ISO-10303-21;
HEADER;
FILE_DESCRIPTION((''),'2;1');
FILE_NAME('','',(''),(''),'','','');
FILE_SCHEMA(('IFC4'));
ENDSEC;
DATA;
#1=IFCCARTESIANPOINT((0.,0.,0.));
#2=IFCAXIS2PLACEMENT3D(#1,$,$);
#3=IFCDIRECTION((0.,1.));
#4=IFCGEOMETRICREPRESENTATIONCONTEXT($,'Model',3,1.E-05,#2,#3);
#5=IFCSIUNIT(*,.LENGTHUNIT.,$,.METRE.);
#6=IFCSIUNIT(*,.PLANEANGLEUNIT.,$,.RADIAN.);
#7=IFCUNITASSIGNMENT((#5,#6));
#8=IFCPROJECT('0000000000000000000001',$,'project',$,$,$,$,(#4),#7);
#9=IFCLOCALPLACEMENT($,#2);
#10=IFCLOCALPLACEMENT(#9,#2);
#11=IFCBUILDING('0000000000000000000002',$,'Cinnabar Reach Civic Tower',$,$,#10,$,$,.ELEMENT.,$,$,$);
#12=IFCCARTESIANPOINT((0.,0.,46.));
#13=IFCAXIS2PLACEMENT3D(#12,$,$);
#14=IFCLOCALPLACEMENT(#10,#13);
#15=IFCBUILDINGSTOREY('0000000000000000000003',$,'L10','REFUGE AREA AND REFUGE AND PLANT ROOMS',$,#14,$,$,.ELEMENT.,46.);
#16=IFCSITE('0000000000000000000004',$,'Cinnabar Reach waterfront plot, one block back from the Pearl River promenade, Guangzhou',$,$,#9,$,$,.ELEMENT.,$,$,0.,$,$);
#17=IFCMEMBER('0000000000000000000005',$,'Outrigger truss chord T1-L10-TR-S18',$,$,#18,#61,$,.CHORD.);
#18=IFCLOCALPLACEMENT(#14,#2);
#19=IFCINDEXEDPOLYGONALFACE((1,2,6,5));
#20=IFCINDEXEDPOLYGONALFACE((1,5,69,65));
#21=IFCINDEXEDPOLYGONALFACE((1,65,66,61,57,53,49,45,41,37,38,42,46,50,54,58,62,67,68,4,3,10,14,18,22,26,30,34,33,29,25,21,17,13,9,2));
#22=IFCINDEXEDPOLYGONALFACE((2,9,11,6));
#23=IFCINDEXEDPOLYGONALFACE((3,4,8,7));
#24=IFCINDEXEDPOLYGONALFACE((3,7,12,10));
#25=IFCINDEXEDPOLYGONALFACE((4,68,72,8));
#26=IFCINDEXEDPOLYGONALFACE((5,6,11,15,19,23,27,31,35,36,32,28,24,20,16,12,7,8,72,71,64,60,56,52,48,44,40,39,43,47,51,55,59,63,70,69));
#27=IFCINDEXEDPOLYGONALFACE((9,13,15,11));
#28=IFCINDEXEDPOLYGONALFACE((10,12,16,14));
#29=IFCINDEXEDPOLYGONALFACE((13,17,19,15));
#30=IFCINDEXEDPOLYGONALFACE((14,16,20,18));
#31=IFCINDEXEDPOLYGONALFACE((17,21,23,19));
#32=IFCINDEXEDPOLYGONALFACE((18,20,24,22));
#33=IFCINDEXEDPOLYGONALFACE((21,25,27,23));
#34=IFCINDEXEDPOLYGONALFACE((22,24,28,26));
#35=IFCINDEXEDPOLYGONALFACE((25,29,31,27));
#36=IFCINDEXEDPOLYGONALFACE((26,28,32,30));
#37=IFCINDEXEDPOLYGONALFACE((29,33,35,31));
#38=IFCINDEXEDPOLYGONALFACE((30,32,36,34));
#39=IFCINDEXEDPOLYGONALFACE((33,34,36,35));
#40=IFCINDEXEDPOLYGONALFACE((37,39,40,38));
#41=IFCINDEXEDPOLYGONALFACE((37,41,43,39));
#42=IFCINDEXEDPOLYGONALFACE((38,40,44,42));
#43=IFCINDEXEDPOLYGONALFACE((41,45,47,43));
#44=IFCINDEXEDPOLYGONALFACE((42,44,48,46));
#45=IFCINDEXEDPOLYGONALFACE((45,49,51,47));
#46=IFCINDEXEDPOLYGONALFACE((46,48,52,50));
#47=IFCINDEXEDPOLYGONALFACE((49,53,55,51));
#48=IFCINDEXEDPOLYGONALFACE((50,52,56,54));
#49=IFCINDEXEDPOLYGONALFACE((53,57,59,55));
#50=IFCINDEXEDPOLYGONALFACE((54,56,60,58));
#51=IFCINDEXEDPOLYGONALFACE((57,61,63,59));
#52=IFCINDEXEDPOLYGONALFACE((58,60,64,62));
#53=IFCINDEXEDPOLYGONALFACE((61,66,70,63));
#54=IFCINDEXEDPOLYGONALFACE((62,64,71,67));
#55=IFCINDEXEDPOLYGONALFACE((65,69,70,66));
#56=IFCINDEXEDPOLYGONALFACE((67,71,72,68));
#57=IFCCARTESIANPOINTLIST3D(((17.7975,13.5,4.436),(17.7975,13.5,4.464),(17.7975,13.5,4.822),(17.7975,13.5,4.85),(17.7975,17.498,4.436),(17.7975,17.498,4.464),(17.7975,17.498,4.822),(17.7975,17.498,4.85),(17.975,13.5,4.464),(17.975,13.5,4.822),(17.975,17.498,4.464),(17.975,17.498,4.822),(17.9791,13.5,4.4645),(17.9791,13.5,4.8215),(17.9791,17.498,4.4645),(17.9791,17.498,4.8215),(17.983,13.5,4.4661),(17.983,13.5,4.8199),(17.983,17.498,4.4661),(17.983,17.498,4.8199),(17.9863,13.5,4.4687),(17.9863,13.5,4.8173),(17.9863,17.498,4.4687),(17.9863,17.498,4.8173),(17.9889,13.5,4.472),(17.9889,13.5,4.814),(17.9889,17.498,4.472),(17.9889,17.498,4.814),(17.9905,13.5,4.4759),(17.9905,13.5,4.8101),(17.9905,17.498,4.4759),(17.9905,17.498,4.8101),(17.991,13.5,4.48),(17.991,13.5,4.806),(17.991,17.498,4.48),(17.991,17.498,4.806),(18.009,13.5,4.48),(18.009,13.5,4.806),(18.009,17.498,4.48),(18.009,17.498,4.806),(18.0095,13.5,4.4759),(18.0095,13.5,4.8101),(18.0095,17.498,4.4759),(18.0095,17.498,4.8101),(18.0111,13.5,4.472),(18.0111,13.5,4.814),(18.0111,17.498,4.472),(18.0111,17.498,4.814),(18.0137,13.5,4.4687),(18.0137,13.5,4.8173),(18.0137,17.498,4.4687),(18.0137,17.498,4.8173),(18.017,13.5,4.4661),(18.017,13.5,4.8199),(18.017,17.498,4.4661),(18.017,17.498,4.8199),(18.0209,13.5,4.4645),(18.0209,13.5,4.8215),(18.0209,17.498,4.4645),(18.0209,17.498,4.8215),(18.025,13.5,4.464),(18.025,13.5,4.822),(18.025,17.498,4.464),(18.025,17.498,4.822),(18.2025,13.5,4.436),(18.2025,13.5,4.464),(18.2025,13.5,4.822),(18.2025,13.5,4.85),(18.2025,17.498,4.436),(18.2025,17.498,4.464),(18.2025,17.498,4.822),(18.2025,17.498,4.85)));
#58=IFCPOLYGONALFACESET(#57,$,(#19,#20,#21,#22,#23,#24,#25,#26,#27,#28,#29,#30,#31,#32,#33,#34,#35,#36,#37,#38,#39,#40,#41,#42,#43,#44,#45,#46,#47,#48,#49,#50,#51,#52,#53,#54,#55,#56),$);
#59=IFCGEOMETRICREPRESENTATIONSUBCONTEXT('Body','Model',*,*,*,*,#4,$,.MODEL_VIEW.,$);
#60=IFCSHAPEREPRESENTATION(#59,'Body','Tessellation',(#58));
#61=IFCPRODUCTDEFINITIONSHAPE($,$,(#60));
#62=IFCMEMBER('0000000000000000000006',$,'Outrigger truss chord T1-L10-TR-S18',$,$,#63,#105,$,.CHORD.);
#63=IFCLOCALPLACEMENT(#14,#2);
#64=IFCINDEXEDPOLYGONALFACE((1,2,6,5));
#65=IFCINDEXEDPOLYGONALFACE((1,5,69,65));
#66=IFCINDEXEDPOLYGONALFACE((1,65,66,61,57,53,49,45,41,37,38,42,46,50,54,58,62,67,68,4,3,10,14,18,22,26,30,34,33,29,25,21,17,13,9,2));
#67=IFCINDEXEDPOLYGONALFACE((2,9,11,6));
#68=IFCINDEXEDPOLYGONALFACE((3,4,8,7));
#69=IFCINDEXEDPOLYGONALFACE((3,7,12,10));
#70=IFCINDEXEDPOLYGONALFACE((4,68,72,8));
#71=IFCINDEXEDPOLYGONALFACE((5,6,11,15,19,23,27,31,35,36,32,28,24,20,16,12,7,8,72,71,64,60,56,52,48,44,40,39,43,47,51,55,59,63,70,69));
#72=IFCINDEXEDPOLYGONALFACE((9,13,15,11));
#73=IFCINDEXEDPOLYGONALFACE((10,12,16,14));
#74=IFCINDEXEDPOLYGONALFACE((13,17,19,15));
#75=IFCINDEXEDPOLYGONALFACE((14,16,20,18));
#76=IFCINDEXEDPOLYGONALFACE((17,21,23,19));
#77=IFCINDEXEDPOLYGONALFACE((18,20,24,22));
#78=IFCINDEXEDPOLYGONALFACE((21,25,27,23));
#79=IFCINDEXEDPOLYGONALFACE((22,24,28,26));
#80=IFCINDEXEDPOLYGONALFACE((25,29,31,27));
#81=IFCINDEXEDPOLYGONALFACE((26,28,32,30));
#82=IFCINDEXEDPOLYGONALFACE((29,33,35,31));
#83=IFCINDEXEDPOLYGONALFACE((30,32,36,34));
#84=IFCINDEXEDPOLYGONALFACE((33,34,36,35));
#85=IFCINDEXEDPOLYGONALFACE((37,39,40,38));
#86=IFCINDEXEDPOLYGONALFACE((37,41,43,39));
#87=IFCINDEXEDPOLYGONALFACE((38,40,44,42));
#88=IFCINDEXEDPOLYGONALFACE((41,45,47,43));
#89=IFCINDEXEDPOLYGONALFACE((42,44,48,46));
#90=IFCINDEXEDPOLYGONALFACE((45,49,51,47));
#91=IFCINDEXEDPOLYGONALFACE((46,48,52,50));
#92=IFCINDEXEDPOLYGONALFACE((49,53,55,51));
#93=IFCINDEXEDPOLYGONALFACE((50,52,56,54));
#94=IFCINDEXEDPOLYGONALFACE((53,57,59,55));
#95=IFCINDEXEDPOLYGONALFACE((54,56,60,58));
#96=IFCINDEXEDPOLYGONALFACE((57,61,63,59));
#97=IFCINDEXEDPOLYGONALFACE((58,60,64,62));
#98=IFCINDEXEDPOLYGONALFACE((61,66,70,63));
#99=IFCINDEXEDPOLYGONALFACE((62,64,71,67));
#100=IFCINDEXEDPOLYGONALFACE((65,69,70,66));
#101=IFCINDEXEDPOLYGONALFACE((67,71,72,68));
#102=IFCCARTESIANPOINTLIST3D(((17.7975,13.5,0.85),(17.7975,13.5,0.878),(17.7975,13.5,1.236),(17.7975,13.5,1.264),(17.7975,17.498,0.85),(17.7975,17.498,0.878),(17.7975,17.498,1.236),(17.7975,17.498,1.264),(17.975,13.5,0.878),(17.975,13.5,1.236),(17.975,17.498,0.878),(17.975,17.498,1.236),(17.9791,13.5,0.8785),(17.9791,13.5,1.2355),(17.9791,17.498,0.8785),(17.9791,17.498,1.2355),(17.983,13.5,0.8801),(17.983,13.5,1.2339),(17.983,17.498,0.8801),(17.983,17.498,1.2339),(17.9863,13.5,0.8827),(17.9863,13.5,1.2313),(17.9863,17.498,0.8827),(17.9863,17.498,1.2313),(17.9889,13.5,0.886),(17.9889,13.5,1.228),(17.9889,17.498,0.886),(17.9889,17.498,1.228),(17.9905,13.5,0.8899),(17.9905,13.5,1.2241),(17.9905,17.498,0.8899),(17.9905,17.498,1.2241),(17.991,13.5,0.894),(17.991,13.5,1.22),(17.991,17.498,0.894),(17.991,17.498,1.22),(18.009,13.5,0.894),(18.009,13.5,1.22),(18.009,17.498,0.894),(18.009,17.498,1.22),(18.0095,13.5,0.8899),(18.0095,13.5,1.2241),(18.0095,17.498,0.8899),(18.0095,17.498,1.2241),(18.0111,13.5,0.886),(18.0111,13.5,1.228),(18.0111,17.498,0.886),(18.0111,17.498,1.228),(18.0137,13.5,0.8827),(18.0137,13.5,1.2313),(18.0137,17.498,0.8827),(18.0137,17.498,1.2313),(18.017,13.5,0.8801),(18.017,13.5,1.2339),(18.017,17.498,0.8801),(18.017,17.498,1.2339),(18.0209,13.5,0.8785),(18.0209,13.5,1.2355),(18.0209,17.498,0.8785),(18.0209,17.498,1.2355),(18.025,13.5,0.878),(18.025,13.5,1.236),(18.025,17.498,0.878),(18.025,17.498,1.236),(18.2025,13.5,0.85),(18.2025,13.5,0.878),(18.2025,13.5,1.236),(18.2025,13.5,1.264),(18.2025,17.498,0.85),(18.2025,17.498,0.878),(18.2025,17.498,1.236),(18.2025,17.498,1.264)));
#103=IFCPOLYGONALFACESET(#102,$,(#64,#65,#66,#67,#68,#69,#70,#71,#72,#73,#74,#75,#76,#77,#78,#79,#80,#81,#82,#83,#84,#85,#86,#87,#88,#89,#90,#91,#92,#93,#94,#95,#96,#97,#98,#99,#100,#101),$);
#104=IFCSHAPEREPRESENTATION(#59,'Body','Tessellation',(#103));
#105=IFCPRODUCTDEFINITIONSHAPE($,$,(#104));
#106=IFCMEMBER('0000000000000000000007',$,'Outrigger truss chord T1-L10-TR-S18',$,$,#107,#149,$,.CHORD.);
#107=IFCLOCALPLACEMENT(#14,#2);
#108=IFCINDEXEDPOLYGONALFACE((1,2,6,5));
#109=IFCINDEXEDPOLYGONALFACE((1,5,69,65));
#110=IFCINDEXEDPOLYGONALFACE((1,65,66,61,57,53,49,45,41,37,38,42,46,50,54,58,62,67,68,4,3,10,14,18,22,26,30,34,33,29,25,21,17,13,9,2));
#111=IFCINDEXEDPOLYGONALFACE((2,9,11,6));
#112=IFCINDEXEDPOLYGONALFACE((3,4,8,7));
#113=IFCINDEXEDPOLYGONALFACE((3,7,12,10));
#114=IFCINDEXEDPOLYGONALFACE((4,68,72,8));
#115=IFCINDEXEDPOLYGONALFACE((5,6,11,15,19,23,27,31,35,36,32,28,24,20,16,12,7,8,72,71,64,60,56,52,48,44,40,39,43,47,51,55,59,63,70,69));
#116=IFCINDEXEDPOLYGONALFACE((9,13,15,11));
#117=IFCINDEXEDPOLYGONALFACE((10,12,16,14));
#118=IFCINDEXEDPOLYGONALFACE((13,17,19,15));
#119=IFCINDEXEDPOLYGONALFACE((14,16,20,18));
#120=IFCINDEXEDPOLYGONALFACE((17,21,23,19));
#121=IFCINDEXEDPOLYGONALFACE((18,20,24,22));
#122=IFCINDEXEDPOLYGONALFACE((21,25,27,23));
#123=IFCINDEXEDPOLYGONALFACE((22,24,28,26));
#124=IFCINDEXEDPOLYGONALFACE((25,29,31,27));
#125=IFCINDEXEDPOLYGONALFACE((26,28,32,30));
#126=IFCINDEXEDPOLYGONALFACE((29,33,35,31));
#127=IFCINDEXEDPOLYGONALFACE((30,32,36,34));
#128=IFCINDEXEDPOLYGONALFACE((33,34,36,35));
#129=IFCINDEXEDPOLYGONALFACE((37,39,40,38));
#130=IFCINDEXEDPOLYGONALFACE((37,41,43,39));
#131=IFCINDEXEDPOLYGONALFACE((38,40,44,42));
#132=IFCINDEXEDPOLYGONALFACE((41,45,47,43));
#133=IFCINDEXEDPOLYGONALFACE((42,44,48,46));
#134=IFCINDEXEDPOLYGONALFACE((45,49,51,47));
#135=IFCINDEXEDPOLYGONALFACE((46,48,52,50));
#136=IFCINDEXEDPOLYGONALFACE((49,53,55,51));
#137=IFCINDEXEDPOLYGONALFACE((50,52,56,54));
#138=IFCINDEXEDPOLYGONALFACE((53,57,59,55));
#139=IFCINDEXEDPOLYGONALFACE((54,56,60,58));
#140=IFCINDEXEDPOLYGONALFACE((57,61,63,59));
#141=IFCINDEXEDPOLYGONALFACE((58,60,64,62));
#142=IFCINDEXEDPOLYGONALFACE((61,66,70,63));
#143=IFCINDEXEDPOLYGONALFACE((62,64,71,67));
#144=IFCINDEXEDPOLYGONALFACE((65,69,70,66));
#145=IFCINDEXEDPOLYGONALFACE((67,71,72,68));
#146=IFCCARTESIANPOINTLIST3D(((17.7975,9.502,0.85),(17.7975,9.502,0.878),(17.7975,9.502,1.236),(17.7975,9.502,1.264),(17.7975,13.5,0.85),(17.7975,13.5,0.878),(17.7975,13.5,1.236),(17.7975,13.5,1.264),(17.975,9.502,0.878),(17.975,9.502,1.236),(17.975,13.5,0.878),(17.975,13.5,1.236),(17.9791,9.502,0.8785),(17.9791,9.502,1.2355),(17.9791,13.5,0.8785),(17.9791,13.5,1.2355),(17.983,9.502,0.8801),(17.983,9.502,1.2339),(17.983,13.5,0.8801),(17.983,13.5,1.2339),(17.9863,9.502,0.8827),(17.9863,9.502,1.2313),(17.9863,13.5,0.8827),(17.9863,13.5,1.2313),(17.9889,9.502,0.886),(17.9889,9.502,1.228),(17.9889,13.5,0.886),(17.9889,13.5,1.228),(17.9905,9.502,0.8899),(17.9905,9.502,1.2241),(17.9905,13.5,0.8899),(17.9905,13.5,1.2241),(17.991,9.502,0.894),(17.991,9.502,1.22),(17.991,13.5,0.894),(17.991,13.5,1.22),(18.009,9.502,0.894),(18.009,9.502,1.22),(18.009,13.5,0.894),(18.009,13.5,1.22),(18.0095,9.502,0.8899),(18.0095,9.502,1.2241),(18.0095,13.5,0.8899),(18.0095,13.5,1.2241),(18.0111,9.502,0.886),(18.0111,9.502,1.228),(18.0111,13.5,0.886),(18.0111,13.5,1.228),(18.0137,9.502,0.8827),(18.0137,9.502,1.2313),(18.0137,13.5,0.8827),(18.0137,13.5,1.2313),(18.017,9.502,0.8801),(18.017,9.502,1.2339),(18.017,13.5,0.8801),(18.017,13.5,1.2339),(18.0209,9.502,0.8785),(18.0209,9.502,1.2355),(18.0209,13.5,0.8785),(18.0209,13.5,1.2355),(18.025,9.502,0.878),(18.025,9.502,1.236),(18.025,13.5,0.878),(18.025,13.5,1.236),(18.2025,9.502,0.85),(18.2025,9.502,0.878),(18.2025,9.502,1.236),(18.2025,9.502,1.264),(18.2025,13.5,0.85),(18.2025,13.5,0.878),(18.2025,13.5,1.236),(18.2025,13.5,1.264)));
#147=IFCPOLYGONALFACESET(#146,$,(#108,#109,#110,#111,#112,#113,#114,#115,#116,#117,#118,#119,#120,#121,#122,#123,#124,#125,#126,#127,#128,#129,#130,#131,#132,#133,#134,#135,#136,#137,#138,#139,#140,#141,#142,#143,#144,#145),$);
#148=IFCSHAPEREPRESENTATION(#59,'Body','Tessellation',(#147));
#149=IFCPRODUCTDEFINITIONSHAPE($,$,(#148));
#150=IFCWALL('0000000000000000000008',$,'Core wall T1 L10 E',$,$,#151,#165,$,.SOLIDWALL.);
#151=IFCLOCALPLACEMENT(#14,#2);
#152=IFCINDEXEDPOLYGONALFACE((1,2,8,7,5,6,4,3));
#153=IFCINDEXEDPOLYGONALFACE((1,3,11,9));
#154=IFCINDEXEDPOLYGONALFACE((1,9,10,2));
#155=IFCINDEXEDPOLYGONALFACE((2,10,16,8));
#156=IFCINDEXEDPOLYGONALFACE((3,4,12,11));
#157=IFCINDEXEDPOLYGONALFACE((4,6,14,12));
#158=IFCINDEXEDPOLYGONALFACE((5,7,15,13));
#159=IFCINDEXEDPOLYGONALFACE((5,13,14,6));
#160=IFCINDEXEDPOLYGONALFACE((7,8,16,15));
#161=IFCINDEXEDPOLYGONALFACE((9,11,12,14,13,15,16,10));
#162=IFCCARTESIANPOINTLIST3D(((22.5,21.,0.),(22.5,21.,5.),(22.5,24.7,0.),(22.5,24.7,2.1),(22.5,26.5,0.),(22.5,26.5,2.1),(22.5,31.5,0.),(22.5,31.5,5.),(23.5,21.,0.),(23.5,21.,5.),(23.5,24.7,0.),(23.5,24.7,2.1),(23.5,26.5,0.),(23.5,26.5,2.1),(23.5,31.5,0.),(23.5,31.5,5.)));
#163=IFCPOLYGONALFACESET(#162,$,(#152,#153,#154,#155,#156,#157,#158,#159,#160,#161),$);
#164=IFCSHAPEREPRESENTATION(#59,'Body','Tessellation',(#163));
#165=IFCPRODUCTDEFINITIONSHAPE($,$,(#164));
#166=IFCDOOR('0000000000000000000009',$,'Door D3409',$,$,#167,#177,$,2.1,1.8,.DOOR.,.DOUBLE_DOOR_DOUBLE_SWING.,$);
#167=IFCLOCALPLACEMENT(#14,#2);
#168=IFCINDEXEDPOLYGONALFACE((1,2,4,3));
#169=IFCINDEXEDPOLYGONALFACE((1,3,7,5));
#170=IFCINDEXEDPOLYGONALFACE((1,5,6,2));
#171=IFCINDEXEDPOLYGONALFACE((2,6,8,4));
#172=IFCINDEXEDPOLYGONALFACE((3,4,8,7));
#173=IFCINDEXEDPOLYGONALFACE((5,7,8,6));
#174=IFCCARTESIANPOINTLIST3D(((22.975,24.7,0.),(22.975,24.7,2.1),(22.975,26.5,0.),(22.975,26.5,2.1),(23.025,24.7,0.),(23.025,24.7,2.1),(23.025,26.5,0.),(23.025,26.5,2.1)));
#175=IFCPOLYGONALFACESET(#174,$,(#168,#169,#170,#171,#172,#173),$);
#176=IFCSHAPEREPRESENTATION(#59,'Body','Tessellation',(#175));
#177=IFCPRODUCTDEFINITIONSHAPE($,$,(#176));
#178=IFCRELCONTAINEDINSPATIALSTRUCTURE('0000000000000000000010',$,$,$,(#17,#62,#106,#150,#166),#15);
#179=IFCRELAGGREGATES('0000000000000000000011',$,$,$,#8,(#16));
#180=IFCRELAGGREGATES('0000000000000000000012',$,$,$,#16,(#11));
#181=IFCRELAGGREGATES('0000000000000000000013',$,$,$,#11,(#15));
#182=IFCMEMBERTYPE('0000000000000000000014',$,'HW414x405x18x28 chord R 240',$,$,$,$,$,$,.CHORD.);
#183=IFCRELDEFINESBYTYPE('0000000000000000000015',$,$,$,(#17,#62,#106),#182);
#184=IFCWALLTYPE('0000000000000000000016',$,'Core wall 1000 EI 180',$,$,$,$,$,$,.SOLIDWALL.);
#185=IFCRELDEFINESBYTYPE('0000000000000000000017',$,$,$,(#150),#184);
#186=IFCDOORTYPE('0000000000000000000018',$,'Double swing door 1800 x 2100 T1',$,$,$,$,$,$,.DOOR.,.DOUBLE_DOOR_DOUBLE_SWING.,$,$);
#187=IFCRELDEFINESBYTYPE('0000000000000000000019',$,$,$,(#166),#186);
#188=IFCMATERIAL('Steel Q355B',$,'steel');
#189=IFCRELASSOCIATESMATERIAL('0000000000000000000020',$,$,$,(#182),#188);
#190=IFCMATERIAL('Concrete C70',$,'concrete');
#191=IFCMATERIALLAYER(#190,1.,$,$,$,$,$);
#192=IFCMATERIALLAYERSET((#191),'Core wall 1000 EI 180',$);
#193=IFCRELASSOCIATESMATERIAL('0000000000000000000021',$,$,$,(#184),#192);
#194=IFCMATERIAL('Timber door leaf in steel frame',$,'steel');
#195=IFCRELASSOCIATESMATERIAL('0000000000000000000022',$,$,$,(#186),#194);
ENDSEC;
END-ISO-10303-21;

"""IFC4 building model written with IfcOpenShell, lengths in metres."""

from ifc_helpers import new_model, si_unit, direction, frame, frame_2d, origin, origin_2d, place, context, subcontext, project, spatial, rectangle, i_section, extrude, material, layer, layer_set, material_profile, profile_set, type_object, element, fill, save


model = new_model("IFC4")

# Units and contexts
model_context = context("Model", 3, precision=1e-05, world=origin(), true_north=direction((0.0, 1.0)))
body_context = subcontext(model_context, "Body", "Model", "MODEL_VIEW")
ifc_project = project(units=[si_unit("LENGTHUNIT", "METRE"), si_unit("PLANEANGLEUNIT", "RADIAN")], contexts=[model_context])

# Site, building, storey
site_placement = place(None, origin())
site = spatial("IfcSite", under=ifc_project, at=site_placement, Name="Cinnabar Reach waterfront plot, one block back from the Pearl River promenade, Guangzhou", CompositionType="ELEMENT", RefElevation=0.0)
building_placement = place(site_placement, origin())
building = spatial("IfcBuilding", under=site, at=building_placement, Name="Cinnabar Reach Civic Tower", CompositionType="ELEMENT")
storey_placement = place(building_placement, frame((0.0, 0.0, 46.0)))
storey = spatial("IfcBuildingStorey", under=building, at=storey_placement, Name="L10", Description="REFUGE AREA AND REFUGE AND PLANT ROOMS", CompositionType="ELEMENT", Elevation=46.0)

# Shared definitions
ifc_material_1 = material(Name="Concrete C70", Category="concrete")

# Shared definitions
ifc_material_2 = material(Name="Steel Q355B", Category="steel")

# Members
ifc_material_profile_1 = material_profile(ifc_material_2, i_section(OverallWidth=0.405, OverallDepth=0.414, WebThickness=0.018, FlangeThickness=0.028, FilletRadius=0.016, at=origin_2d()), Name="HW414x405x18x28")
ifc_profile_set_1 = profile_set([ifc_material_profile_1], Name="Steel Q355B")
member_type_1 = type_object("IfcMemberType", Name="HW414x405x18x28 chord R 240", PredefinedType="CHORD", material=ifc_profile_set_1)
for number, where, z_axis, x_axis, name in (
    (1, (18.0, 17.498, 4.643), (0.0, -1.0, 0.0), (1.0, 0.0, 0.0), "Outrigger truss chord T1-L10-TR-S18"),
    (2, (18.0, 17.498, 1.057), (0.0, -1.0, 0.0), (1.0, 0.0, 0.0), "Outrigger truss chord T1-L10-TR-S18"),
    (3, (18.0, 13.5, 1.057), (0.0, -1.0, 0.0), (1.0, 0.0, 0.0), "Outrigger truss chord T1-L10-TR-S18"),
):
    element("IfcMember", number, at=place(storey_placement, frame(where, z_axis=z_axis, x_axis=x_axis)), inside=storey, type_object=member_type_1, Name=name, PredefinedType="CHORD", context=body_context, shape_type="SweptSolid", body=[
        extrude(i_section(OverallWidth=0.405, OverallDepth=0.414, WebThickness=0.018, FlangeThickness=0.028, FilletRadius=0.016, at=origin_2d()), origin(), (0.0, 0.0, 1.0), 3.998),
    ])

# Wall, opening, door
ifc_layer_1 = layer(ifc_material_1, 1.0)
ifc_layer_set_1 = layer_set([ifc_layer_1], Name="Core wall 1000 EI 180")
wall_type_1 = type_object("IfcWallType", Name="Core wall 1000 EI 180", PredefinedType="SOLIDWALL", material=ifc_layer_set_1)
wall_1_placement = place(storey_placement, frame((23.0, 21.0, 0.0), z_axis=(0.0, 0.0, 1.0), x_axis=(0.0, 1.0, 0.0)))
wall_1 = element("IfcWall", 4, at=wall_1_placement, inside=storey, type_object=wall_type_1, Name="Core wall T1 L10 E", PredefinedType="SOLIDWALL", context=body_context, shape_type="SweptSolid", body=[
    extrude(rectangle(XDim=10.5, YDim=1.0, at=frame_2d((5.25, 0.0))), origin(), (0.0, 0.0, 1.0), 5.0),
])
opening_1_placement = place(wall_1_placement, frame((3.7, 0.0, 0.0)))
opening_1 = element("IfcOpeningElement", 5, at=opening_1_placement, cuts=wall_1, PredefinedType="OPENING", context=body_context, shape_type="SweptSolid", body=[
    extrude(rectangle(XDim=1.8, YDim=2.1, at=frame_2d((0.9, 1.05))), frame((0.0, 0.51, 0.0), z_axis=(0.0, -1.0, 0.0), x_axis=(1.0, 0.0, 0.0)), (0.0, 0.0, 1.0), 1.02),
])
ifc_material_3 = material(Name="Timber door leaf in steel frame", Category="steel")
door_type_1 = type_object("IfcDoorType", Name="Double swing door 1800 x 2100 T1", OperationType="DOUBLE_DOOR_DOUBLE_SWING", PredefinedType="DOOR", material=ifc_material_3)
door_1_placement = place(opening_1_placement, origin())
door_1 = element("IfcDoor", 6, at=door_1_placement, inside=storey, type_object=door_type_1, Name="Door D3409", OperationType="DOUBLE_DOOR_DOUBLE_SWING", OverallHeight=2.1, OverallWidth=1.8, PredefinedType="DOOR", context=body_context, shape_type="SweptSolid", body=[
    extrude(rectangle(XDim=1.8, YDim=2.1, at=frame_2d((0.9, 1.05))), frame((0.0, 0.025, 0.0), z_axis=(0.0, -1.0, 0.0), x_axis=(1.0, 0.0, 0.0)), (0.0, 0.0, 1.0), 0.05),
])
fill(opening_1, door_1)

save(model, "model.ifc")
